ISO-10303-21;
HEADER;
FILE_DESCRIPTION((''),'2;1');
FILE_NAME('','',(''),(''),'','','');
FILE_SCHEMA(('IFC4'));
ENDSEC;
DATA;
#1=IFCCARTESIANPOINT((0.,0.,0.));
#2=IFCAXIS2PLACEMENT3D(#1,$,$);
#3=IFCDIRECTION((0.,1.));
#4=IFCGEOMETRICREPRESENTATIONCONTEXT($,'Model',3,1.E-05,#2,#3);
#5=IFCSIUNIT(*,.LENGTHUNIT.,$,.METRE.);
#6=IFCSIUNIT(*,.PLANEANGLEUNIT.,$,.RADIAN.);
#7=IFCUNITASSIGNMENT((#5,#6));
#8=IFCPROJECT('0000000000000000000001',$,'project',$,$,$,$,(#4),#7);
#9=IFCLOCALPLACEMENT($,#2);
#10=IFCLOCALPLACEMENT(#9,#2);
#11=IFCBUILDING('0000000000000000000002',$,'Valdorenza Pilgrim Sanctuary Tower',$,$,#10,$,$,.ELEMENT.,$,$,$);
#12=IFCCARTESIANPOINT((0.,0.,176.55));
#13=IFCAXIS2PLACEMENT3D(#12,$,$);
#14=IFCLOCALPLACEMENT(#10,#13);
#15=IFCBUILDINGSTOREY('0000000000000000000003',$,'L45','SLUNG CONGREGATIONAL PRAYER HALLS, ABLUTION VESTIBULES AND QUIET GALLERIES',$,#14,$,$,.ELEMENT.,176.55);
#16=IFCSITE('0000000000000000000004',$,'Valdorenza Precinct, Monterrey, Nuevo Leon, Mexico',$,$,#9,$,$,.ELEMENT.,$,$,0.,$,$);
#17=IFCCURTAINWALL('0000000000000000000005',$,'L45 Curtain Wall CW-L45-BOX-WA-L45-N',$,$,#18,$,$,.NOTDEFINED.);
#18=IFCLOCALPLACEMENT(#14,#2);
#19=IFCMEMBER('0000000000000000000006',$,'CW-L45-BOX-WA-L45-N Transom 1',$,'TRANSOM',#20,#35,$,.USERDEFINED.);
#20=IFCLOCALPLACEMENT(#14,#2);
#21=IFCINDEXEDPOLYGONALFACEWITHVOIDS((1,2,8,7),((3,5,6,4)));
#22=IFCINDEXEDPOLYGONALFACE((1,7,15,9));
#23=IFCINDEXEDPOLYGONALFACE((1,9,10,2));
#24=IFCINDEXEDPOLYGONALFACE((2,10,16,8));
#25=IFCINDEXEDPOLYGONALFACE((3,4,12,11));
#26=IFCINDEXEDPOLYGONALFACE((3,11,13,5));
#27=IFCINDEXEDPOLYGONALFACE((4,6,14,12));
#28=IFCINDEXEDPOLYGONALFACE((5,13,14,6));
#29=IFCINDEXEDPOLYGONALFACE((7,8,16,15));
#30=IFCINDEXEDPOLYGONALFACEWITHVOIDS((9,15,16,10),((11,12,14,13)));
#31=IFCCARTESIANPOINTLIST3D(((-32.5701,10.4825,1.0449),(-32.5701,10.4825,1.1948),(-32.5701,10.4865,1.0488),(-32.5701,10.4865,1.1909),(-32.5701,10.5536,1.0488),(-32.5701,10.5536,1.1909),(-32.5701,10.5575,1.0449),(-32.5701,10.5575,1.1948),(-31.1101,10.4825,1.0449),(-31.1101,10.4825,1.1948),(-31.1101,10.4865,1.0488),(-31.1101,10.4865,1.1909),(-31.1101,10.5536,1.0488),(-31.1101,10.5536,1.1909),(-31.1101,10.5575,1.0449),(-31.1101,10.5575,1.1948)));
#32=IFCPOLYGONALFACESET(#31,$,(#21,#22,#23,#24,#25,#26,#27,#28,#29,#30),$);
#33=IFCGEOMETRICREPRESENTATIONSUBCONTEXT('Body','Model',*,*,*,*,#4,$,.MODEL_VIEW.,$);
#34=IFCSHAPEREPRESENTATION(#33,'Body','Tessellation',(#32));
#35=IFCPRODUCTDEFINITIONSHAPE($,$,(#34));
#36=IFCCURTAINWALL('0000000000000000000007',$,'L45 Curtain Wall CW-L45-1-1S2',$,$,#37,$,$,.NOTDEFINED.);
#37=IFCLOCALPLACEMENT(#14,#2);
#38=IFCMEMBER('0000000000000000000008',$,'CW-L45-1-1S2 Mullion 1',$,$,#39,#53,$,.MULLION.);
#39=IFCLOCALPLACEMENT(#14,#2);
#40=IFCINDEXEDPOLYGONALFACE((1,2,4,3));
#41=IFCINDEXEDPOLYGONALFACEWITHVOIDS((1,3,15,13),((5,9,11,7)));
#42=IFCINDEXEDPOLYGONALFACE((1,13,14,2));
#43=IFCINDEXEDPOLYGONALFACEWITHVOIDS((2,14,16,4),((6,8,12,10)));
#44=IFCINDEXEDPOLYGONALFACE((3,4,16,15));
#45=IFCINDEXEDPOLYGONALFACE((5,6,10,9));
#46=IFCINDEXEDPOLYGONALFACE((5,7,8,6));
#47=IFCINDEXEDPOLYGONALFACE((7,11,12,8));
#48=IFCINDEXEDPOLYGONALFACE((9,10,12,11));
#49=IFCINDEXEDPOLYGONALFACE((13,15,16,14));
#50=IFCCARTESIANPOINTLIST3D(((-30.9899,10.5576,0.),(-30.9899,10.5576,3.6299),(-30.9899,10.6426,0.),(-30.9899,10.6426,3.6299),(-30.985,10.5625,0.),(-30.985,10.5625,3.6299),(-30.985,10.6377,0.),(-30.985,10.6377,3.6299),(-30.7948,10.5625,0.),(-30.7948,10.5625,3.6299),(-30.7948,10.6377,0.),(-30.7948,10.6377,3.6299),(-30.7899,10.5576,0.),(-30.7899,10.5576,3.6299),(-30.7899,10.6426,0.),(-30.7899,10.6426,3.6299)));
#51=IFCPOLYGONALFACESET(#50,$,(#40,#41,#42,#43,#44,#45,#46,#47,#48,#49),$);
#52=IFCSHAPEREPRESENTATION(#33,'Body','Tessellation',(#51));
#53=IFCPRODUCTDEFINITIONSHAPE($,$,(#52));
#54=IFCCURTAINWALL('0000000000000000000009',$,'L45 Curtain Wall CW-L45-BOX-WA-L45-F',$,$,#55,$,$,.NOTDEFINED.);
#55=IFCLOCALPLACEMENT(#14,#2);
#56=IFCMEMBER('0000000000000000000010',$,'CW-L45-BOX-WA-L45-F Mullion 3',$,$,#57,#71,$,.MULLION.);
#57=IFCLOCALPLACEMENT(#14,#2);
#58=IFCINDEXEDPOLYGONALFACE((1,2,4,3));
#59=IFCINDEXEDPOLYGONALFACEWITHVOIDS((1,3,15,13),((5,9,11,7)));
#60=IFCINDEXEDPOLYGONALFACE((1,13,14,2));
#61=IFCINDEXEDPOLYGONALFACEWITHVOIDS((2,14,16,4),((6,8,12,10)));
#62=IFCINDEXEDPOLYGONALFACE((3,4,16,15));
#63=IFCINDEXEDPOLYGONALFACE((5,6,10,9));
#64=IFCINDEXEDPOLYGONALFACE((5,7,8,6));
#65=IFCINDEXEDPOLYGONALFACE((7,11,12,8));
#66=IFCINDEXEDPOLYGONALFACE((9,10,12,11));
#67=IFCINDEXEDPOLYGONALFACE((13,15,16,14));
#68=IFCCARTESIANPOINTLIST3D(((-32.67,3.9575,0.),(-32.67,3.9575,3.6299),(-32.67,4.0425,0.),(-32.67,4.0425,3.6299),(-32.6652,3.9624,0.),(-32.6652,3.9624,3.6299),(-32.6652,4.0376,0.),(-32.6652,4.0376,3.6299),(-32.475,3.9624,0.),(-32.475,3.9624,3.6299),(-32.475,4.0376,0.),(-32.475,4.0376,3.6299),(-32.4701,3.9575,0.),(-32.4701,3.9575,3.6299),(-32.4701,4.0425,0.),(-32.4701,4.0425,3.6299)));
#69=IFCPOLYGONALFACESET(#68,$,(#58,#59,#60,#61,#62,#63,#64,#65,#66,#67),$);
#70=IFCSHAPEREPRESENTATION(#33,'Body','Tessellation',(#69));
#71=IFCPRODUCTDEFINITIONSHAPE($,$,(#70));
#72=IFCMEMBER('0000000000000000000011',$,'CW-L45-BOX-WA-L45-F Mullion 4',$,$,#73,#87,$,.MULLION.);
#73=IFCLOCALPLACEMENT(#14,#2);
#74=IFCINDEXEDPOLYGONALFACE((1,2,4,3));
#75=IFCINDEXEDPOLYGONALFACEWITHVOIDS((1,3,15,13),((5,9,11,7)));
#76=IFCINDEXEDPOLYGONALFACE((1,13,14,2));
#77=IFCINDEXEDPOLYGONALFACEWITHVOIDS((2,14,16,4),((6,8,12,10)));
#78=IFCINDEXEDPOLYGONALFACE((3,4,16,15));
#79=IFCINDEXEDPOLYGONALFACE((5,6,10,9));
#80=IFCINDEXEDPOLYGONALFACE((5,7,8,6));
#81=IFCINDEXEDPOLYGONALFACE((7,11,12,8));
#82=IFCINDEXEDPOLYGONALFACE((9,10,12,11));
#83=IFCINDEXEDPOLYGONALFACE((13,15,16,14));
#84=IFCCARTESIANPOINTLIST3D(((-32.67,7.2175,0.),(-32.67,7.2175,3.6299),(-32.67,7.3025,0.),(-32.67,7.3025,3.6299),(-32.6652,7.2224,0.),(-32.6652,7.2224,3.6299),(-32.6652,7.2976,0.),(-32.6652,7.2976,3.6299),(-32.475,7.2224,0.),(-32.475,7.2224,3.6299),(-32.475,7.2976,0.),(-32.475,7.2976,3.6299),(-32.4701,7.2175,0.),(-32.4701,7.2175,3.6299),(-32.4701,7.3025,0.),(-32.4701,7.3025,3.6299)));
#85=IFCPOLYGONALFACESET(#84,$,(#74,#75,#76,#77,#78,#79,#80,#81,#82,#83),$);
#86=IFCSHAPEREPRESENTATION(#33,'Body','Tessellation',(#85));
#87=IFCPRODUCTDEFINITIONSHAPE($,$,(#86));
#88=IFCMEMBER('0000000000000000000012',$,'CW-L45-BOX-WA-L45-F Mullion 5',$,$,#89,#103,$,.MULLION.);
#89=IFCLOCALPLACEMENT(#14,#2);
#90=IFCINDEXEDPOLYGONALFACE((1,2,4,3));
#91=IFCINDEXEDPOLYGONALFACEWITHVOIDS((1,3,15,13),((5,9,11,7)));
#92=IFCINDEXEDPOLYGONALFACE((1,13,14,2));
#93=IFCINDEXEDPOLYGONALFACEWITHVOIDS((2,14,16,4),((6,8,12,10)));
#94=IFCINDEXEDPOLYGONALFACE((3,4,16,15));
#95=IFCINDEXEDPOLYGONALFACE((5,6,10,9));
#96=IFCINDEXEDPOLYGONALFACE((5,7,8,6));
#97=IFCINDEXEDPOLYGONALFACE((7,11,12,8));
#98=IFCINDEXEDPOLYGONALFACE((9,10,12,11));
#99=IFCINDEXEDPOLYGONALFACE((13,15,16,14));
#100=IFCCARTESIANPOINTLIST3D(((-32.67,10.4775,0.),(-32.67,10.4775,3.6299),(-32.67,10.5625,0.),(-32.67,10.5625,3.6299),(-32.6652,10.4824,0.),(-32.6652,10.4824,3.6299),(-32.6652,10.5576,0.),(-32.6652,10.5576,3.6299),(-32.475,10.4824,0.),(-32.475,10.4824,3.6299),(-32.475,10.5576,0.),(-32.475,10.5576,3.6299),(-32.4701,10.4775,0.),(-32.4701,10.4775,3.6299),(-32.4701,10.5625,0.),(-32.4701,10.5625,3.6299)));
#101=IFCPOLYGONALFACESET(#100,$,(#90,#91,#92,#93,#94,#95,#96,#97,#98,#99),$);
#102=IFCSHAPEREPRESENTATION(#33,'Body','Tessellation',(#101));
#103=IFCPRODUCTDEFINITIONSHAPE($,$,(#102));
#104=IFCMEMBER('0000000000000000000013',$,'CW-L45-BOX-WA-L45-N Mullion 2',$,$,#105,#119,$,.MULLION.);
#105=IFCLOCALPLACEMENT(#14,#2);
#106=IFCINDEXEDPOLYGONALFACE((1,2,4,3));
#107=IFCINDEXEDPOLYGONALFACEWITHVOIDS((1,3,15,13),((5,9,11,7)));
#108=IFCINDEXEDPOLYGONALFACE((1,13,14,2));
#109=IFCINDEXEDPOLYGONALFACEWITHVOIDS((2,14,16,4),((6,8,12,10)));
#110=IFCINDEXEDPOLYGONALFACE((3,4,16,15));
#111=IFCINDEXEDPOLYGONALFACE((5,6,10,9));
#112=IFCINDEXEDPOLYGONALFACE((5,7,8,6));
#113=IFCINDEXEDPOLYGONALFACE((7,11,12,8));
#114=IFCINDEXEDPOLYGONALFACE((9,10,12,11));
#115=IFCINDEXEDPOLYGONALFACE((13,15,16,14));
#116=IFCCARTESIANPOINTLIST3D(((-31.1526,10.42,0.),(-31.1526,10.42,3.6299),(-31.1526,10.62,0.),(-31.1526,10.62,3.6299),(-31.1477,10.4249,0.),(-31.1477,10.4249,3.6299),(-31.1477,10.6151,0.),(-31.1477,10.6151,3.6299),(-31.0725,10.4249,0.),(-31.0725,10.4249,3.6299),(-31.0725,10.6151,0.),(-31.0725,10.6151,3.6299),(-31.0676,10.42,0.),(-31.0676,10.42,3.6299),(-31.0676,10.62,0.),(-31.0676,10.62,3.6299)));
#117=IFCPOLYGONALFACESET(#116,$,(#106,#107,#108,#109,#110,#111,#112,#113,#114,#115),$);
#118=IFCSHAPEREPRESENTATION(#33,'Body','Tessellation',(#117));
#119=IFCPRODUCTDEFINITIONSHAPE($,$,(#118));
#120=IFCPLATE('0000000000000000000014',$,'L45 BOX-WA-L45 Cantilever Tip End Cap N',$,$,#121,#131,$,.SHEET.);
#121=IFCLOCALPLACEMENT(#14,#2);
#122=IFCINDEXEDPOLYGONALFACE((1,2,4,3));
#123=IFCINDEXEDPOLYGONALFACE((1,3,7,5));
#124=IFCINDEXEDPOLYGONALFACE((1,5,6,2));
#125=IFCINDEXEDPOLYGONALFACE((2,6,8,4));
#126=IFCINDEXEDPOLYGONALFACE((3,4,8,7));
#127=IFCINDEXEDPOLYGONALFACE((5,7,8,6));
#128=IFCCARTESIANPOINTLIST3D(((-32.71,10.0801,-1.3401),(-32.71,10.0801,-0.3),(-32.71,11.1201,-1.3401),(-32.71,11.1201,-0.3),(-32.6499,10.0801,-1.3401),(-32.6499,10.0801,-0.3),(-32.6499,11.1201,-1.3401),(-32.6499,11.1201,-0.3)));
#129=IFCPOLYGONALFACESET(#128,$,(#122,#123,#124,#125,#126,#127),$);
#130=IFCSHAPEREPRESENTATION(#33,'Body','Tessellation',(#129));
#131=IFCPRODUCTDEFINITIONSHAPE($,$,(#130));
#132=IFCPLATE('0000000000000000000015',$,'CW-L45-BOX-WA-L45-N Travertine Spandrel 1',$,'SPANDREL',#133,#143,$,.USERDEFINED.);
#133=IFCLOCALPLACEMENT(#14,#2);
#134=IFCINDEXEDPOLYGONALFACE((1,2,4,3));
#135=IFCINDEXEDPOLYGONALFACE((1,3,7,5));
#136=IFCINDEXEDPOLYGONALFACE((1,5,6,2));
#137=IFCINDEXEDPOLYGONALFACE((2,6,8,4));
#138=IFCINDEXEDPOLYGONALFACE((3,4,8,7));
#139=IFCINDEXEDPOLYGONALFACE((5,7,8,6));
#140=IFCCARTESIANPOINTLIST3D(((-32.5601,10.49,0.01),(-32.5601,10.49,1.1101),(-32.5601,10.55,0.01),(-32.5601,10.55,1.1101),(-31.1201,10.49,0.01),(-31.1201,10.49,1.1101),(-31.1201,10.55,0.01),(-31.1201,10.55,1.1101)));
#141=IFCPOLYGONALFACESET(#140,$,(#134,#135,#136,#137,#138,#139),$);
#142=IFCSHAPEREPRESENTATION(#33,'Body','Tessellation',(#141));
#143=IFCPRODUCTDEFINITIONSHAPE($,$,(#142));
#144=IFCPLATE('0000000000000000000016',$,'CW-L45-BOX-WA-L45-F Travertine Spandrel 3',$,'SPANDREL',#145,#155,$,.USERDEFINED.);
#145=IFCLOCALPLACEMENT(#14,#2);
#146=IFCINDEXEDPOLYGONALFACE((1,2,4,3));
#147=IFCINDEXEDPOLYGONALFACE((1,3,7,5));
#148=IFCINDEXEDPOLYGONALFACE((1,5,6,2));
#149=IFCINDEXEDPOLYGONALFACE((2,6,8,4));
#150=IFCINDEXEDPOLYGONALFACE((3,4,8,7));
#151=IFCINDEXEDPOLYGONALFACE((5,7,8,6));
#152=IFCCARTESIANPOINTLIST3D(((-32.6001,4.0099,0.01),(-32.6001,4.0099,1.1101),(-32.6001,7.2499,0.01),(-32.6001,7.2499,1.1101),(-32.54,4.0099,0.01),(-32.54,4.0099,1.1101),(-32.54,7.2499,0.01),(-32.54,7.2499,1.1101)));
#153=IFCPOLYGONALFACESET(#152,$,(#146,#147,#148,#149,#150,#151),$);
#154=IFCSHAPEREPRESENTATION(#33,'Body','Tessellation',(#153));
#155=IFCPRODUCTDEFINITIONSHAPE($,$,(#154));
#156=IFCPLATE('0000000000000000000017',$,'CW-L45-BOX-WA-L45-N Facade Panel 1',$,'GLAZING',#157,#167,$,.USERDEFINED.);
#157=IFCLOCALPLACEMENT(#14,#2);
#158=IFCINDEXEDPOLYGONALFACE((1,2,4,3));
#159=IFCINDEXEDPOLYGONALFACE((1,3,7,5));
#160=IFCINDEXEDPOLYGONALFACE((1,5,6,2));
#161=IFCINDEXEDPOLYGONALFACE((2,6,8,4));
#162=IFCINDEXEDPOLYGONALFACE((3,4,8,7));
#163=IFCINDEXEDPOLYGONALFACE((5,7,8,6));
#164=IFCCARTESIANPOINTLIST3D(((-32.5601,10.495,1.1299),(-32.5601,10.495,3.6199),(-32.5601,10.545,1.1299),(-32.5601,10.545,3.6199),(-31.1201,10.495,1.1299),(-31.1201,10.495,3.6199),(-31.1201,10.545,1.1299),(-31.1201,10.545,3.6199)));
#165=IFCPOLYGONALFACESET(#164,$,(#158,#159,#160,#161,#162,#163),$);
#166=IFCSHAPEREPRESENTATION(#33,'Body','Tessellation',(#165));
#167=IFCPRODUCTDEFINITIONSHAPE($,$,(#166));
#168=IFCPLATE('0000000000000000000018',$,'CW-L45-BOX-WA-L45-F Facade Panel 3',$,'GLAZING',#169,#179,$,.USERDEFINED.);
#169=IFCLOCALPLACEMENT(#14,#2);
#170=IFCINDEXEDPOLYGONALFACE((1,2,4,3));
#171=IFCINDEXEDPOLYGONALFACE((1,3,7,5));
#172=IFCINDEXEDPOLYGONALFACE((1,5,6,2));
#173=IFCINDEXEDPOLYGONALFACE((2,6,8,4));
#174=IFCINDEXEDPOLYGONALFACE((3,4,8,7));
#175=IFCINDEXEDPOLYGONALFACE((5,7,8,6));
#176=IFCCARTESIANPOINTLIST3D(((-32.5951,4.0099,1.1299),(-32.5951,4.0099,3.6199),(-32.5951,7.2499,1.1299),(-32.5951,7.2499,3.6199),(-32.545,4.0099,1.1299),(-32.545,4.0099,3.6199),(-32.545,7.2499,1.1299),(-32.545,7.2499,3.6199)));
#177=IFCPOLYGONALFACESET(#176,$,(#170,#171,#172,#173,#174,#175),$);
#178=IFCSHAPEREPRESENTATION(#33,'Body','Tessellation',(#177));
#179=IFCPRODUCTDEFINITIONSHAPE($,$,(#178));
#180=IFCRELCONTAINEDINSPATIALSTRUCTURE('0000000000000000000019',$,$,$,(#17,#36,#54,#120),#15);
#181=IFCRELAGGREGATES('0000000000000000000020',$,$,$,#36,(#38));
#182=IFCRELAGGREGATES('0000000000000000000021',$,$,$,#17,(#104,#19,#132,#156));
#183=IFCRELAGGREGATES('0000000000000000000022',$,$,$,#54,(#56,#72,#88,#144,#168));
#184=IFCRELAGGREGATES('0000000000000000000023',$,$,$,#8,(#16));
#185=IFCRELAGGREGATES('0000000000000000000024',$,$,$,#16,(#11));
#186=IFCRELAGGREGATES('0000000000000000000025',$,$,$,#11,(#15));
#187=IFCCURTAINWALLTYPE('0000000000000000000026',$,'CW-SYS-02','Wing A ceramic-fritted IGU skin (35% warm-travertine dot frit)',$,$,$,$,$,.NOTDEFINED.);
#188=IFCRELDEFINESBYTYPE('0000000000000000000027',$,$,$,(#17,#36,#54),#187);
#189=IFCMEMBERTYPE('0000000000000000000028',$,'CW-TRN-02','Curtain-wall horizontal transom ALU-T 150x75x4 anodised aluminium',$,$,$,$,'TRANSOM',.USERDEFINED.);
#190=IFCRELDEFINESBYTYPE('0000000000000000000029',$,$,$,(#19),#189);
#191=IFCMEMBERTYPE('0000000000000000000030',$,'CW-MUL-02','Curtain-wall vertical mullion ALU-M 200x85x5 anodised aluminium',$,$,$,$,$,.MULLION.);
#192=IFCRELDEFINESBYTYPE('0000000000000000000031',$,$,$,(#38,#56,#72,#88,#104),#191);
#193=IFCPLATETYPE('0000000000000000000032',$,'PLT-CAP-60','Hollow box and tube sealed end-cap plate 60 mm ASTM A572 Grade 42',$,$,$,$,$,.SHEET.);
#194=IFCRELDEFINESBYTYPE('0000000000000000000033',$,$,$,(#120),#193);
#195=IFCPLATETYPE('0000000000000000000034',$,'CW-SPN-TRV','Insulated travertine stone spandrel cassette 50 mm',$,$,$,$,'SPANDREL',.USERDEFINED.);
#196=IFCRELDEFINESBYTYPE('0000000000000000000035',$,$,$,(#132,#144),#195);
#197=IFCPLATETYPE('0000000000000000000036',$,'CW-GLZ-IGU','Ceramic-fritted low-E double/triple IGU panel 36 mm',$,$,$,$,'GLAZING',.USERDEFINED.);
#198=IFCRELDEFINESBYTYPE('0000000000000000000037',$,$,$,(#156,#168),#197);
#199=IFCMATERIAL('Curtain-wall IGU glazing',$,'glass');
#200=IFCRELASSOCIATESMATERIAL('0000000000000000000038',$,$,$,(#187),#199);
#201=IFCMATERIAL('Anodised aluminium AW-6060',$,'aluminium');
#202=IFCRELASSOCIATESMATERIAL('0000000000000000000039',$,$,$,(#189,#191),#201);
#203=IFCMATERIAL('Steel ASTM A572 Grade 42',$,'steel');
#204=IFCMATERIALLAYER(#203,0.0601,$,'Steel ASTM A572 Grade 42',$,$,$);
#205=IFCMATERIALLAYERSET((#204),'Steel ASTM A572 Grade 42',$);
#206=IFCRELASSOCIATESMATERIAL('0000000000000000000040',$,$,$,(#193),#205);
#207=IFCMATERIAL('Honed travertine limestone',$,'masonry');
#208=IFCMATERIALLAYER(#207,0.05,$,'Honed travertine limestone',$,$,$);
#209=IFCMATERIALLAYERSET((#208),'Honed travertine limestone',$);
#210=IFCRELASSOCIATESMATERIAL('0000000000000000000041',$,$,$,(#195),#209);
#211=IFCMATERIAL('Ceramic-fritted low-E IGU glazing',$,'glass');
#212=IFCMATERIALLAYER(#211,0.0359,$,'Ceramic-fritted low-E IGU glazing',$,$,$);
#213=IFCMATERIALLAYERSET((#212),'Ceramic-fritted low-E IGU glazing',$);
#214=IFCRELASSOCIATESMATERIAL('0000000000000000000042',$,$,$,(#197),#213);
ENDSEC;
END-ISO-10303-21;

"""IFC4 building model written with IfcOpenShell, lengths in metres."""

from ifc_helpers import new_model, si_unit, direction, frame, origin, origin_2d, place, context, subcontext, project, spatial, rectangle, hollow_rectangle, extrude, source, transform, mapped, material, layer, layer_set, material_profile, profile_set, type_object, element, aggregate, save


model = new_model("IFC4")

# Units and contexts
model_context = context("Model", 3, precision=1e-05, world=origin(), true_north=direction((0.0, 1.0)))
body_context = subcontext(model_context, "Body", "Model", "MODEL_VIEW")
ifc_project = project(units=[si_unit("LENGTHUNIT", "METRE"), si_unit("PLANEANGLEUNIT", "RADIAN")], contexts=[model_context])

# Site, building, storey
site_placement = place(None, origin())
site = spatial("IfcSite", under=ifc_project, at=site_placement, Name="Valdorenza Precinct, Monterrey, Nuevo Leon, Mexico", CompositionType="ELEMENT", RefElevation=0.0)
building_placement = place(site_placement, origin())
building = spatial("IfcBuilding", under=site, at=building_placement, Name="Valdorenza Pilgrim Sanctuary Tower", CompositionType="ELEMENT")
storey_placement = place(building_placement, frame((0.0, 0.0, 176.55)))
storey = spatial("IfcBuildingStorey", under=building, at=storey_placement, Name="L45", Description="SLUNG CONGREGATIONAL PRAYER HALLS, ABLUTION VESTIBULES AND QUIET GALLERIES", CompositionType="ELEMENT", Elevation=176.55)

# Curtain walls, members
ifc_material_1 = material(Name="Curtain-wall IGU glazing", Category="glass")
curtain_wall_type = type_object("IfcCurtainWallType", Name="CW-SYS-02", Description="Wing A ceramic-fritted IGU skin (35% warm-travertine dot frit)", PredefinedType="NOTDEFINED", material=ifc_material_1)
curtain_wall_1_placement = place(storey_placement, origin())
curtain_wall_1 = element("IfcCurtainWall", 1, at=curtain_wall_1_placement, inside=storey, type_object=curtain_wall_type, Name="L45 Curtain Wall CW-L45-BOX-WA-L45-N", PredefinedType="NOTDEFINED")
ifc_material_2 = material(Name="Anodised aluminium AW-6060", Category="aluminium")
ifc_material_profile_1 = material_profile(ifc_material_2, hollow_rectangle(XDim=0.075, YDim=0.1499, WallThickness=0.0039, at=origin_2d()), Name="ALU-T 150x75x4")
ifc_profile_set_1 = profile_set([ifc_material_profile_1], Name="Anodised aluminium AW-6060")
member_type_1 = type_object("IfcMemberType", Name="CW-TRN-02", Description="Curtain-wall horizontal transom ALU-T 150x75x4 anodised aluminium", ElementType="TRANSOM", PredefinedType="USERDEFINED", material=ifc_profile_set_1)
shared_shape_1 = source(origin(), body_context, "Body", "SweptSolid", [
    extrude(hollow_rectangle(XDim=0.075, YDim=0.1499, WallThickness=0.0039, at=origin_2d()), origin(), (0.0, 0.0, 1.0), 1.46),
])
member_1_placement = place(storey_placement, frame((-32.5701, 10.52, 1.1199), z_axis=(1.0, 0.0, 0.0), x_axis=(0.0, 1.0, 0.0)))
member_1 = element("IfcMember", 2, at=member_1_placement, type_object=member_type_1, Name="CW-L45-BOX-WA-L45-N Transom 1", ObjectType="TRANSOM", PredefinedType="USERDEFINED", context=body_context, shape_type="MappedRepresentation", body=[
    mapped(shared_shape_1, transform((0.0, 0.0, 0.0), x_axis=(1.0, 0.0, 0.0), y_axis=(0.0, 1.0, 0.0), z_axis=(0.0, 0.0, 1.0), scale=1.0)),
])
curtain_wall_2_placement = place(storey_placement, origin())
curtain_wall_2 = element("IfcCurtainWall", 3, at=curtain_wall_2_placement, inside=storey, type_object=curtain_wall_type, Name="L45 Curtain Wall CW-L45-1-1S2", PredefinedType="NOTDEFINED")
ifc_material_profile_2 = material_profile(ifc_material_2, hollow_rectangle(XDim=0.085, YDim=0.2, WallThickness=0.0049, at=origin_2d()), Name="ALU-M 200x85x5")
ifc_profile_set_2 = profile_set([ifc_material_profile_2], Name="Anodised aluminium AW-6060")
member_type_2 = type_object("IfcMemberType", Name="CW-MUL-02", Description="Curtain-wall vertical mullion ALU-M 200x85x5 anodised aluminium", PredefinedType="MULLION", material=ifc_profile_set_2)
shared_shape_2 = source(origin(), body_context, "Body", "SweptSolid", [
    extrude(hollow_rectangle(XDim=0.085, YDim=0.2, WallThickness=0.0049, at=origin_2d()), origin(), (0.0, 0.0, 1.0), 3.6299),
])
member_2_placement = place(storey_placement, frame((-30.8899, 10.6001, 0.0), z_axis=(0.0, 0.0, 1.0), x_axis=(0.0, 1.0, 0.0)))
member_2 = element("IfcMember", 4, at=member_2_placement, type_object=member_type_2, Name="CW-L45-1-1S2 Mullion 1", PredefinedType="MULLION", context=body_context, shape_type="MappedRepresentation", body=[
    mapped(shared_shape_2, transform((0.0, 0.0, 0.0), x_axis=(1.0, 0.0, 0.0), y_axis=(0.0, 1.0, 0.0), z_axis=(0.0, 0.0, 1.0), scale=1.0)),
])
aggregate(curtain_wall_2, [member_2])

# Curtain wall, members
curtain_wall_3_placement = place(storey_placement, origin())
curtain_wall_3 = element("IfcCurtainWall", 5, at=curtain_wall_3_placement, inside=storey, type_object=curtain_wall_type, Name="L45 Curtain Wall CW-L45-BOX-WA-L45-F", PredefinedType="NOTDEFINED")
member_3_placement = place(storey_placement, frame((-32.5701, 4.0, 0.0), z_axis=(0.0, 0.0, 1.0), x_axis=(0.0, 1.0, 0.0)))
member_3 = element("IfcMember", 6, at=member_3_placement, type_object=member_type_2, Name="CW-L45-BOX-WA-L45-F Mullion 3", PredefinedType="MULLION", context=body_context, shape_type="MappedRepresentation", body=[
    mapped(shared_shape_2, transform((0.0, 0.0, 0.0), x_axis=(1.0, 0.0, 0.0), y_axis=(0.0, 1.0, 0.0), z_axis=(0.0, 0.0, 1.0), scale=1.0)),
])
member_4_placement = place(storey_placement, frame((-32.5701, 7.26, 0.0), z_axis=(0.0, 0.0, 1.0), x_axis=(0.0, 1.0, 0.0)))
member_4 = element("IfcMember", 7, at=member_4_placement, type_object=member_type_2, Name="CW-L45-BOX-WA-L45-F Mullion 4", PredefinedType="MULLION", context=body_context, shape_type="MappedRepresentation", body=[
    mapped(shared_shape_2, transform((0.0, 0.0, 0.0), x_axis=(1.0, 0.0, 0.0), y_axis=(0.0, 1.0, 0.0), z_axis=(0.0, 0.0, 1.0), scale=1.0)),
])
member_5_placement = place(storey_placement, frame((-32.5701, 10.52, 0.0), z_axis=(0.0, 0.0, 1.0), x_axis=(0.0, 1.0, 0.0)))
member_5 = element("IfcMember", 8, at=member_5_placement, type_object=member_type_2, Name="CW-L45-BOX-WA-L45-F Mullion 5", PredefinedType="MULLION", context=body_context, shape_type="MappedRepresentation", body=[
    mapped(shared_shape_2, transform((0.0, 0.0, 0.0), x_axis=(1.0, 0.0, 0.0), y_axis=(0.0, 1.0, 0.0), z_axis=(0.0, 0.0, 1.0), scale=1.0)),
])

# Member
member_6_placement = place(storey_placement, frame((-31.1101, 10.52, 0.0), z_axis=(0.0, 0.0, 1.0), x_axis=(1.0, 0.0, 0.0)))
member_6 = element("IfcMember", 9, at=member_6_placement, type_object=member_type_2, Name="CW-L45-BOX-WA-L45-N Mullion 2", PredefinedType="MULLION", context=body_context, shape_type="MappedRepresentation", body=[
    mapped(shared_shape_2, transform((0.0, 0.0, 0.0), x_axis=(1.0, 0.0, 0.0), y_axis=(0.0, 1.0, 0.0), z_axis=(0.0, 0.0, 1.0), scale=1.0)),
])

# Plates
ifc_material_3 = material(Name="Steel ASTM A572 Grade 42", Category="steel")
ifc_layer_1 = layer(ifc_material_3, 0.0601, Name="Steel ASTM A572 Grade 42")
ifc_layer_set_1 = layer_set([ifc_layer_1], Name="Steel ASTM A572 Grade 42")
plate_type_1 = type_object("IfcPlateType", Name="PLT-CAP-60", Description="Hollow box and tube sealed end-cap plate 60 mm ASTM A572 Grade 42", PredefinedType="SHEET", material=ifc_layer_set_1)
shared_shape_3 = source(origin(), body_context, "Body", "SweptSolid", [
    extrude(rectangle(XDim=0.0601, YDim=1.04, at=origin_2d()), origin(), (0.0, 0.0, 1.0), 1.04),
])
plate_1_placement = place(storey_placement, frame((-32.6799, 10.6001, -1.3401), z_axis=(0.0, 0.0, 1.0), x_axis=(1.0, 0.0, 0.0)))
element("IfcPlate", 10, at=plate_1_placement, inside=storey, type_object=plate_type_1, Name="L45 BOX-WA-L45 Cantilever Tip End Cap N", PredefinedType="SHEET", context=body_context, shape_type="MappedRepresentation", body=[
    mapped(shared_shape_3, transform((0.0, 0.0, 0.0), x_axis=(1.0, 0.0, 0.0), y_axis=(0.0, 1.0, 0.0), z_axis=(0.0, 0.0, 1.0), scale=1.0)),
])
ifc_material_4 = material(Name="Honed travertine limestone", Category="masonry")
ifc_layer_2 = layer(ifc_material_4, 0.05, Name="Honed travertine limestone")
ifc_layer_set_2 = layer_set([ifc_layer_2], Name="Honed travertine limestone")
plate_type_2 = type_object("IfcPlateType", Name="CW-SPN-TRV", Description="Insulated travertine stone spandrel cassette 50 mm", ElementType="SPANDREL", PredefinedType="USERDEFINED", material=ifc_layer_set_2)
shared_shape_4 = source(origin(), body_context, "Body", "SweptSolid", [
    extrude(rectangle(XDim=1.4399, YDim=0.0601, at=origin_2d()), origin(), (0.0, 0.0, 1.0), 1.1001),
])
plate_2_placement = place(storey_placement, frame((-31.8401, 10.52, 0.01), z_axis=(0.0, 0.0, 1.0), x_axis=(1.0, 0.0, 0.0)))
plate_2 = element("IfcPlate", 11, at=plate_2_placement, type_object=plate_type_2, Name="CW-L45-BOX-WA-L45-N Travertine Spandrel 1", ObjectType="SPANDREL", PredefinedType="USERDEFINED", context=body_context, shape_type="MappedRepresentation", body=[
    mapped(shared_shape_4, transform((0.0, 0.0, 0.0), x_axis=(1.0, 0.0, 0.0), y_axis=(0.0, 1.0, 0.0), z_axis=(0.0, 0.0, 1.0), scale=1.0)),
])
shared_shape_5 = source(origin(), body_context, "Body", "SweptSolid", [
    extrude(rectangle(XDim=3.24, YDim=0.0601, at=origin_2d()), origin(), (0.0, 0.0, 1.0), 1.1001),
])
plate_3_placement = place(storey_placement, frame((-32.5701, 5.6299, 0.01), z_axis=(0.0, 0.0, 1.0), x_axis=(0.0, 1.0, 0.0)))
plate_3 = element("IfcPlate", 12, at=plate_3_placement, type_object=plate_type_2, Name="CW-L45-BOX-WA-L45-F Travertine Spandrel 3", ObjectType="SPANDREL", PredefinedType="USERDEFINED", context=body_context, shape_type="MappedRepresentation", body=[
    mapped(shared_shape_5, transform((0.0, 0.0, 0.0), x_axis=(1.0, 0.0, 0.0), y_axis=(0.0, 1.0, 0.0), z_axis=(0.0, 0.0, 1.0), scale=1.0)),
])
ifc_material_5 = material(Name="Ceramic-fritted low-E IGU glazing", Category="glass")
ifc_layer_3 = layer(ifc_material_5, 0.0359, Name="Ceramic-fritted low-E IGU glazing")
ifc_layer_set_3 = layer_set([ifc_layer_3], Name="Ceramic-fritted low-E IGU glazing")
plate_type_3 = type_object("IfcPlateType", Name="CW-GLZ-IGU", Description="Ceramic-fritted low-E double/triple IGU panel 36 mm", ElementType="GLAZING", PredefinedType="USERDEFINED", material=ifc_layer_set_3)
shared_shape_6 = source(origin(), body_context, "Body", "SweptSolid", [
    extrude(rectangle(XDim=1.4399, YDim=0.05, at=origin_2d()), origin(), (0.0, 0.0, 1.0), 2.49),
])
plate_4_placement = place(storey_placement, frame((-31.8401, 10.52, 1.1299), z_axis=(0.0, 0.0, 1.0), x_axis=(1.0, 0.0, 0.0)))
plate_4 = element("IfcPlate", 13, at=plate_4_placement, type_object=plate_type_3, Name="CW-L45-BOX-WA-L45-N Facade Panel 1", ObjectType="GLAZING", PredefinedType="USERDEFINED", context=body_context, shape_type="MappedRepresentation", body=[
    mapped(shared_shape_6, transform((0.0, 0.0, 0.0), x_axis=(1.0, 0.0, 0.0), y_axis=(0.0, 1.0, 0.0), z_axis=(0.0, 0.0, 1.0), scale=1.0)),
])
aggregate(curtain_wall_1, [member_6, member_1, plate_2, plate_4])
shared_shape_7 = source(origin(), body_context, "Body", "SweptSolid", [
    extrude(rectangle(XDim=3.24, YDim=0.05, at=origin_2d()), origin(), (0.0, 0.0, 1.0), 2.49),
])
plate_5_placement = place(storey_placement, frame((-32.5701, 5.6299, 1.1299), z_axis=(0.0, 0.0, 1.0), x_axis=(0.0, 1.0, 0.0)))
plate_5 = element("IfcPlate", 14, at=plate_5_placement, type_object=plate_type_3, Name="CW-L45-BOX-WA-L45-F Facade Panel 3", ObjectType="GLAZING", PredefinedType="USERDEFINED", context=body_context, shape_type="MappedRepresentation", body=[
    mapped(shared_shape_7, transform((0.0, 0.0, 0.0), x_axis=(1.0, 0.0, 0.0), y_axis=(0.0, 1.0, 0.0), z_axis=(0.0, 0.0, 1.0), scale=1.0)),
])
aggregate(curtain_wall_3, [member_3, member_4, member_5, plate_3, plate_5])

save(model, "model.ifc")
